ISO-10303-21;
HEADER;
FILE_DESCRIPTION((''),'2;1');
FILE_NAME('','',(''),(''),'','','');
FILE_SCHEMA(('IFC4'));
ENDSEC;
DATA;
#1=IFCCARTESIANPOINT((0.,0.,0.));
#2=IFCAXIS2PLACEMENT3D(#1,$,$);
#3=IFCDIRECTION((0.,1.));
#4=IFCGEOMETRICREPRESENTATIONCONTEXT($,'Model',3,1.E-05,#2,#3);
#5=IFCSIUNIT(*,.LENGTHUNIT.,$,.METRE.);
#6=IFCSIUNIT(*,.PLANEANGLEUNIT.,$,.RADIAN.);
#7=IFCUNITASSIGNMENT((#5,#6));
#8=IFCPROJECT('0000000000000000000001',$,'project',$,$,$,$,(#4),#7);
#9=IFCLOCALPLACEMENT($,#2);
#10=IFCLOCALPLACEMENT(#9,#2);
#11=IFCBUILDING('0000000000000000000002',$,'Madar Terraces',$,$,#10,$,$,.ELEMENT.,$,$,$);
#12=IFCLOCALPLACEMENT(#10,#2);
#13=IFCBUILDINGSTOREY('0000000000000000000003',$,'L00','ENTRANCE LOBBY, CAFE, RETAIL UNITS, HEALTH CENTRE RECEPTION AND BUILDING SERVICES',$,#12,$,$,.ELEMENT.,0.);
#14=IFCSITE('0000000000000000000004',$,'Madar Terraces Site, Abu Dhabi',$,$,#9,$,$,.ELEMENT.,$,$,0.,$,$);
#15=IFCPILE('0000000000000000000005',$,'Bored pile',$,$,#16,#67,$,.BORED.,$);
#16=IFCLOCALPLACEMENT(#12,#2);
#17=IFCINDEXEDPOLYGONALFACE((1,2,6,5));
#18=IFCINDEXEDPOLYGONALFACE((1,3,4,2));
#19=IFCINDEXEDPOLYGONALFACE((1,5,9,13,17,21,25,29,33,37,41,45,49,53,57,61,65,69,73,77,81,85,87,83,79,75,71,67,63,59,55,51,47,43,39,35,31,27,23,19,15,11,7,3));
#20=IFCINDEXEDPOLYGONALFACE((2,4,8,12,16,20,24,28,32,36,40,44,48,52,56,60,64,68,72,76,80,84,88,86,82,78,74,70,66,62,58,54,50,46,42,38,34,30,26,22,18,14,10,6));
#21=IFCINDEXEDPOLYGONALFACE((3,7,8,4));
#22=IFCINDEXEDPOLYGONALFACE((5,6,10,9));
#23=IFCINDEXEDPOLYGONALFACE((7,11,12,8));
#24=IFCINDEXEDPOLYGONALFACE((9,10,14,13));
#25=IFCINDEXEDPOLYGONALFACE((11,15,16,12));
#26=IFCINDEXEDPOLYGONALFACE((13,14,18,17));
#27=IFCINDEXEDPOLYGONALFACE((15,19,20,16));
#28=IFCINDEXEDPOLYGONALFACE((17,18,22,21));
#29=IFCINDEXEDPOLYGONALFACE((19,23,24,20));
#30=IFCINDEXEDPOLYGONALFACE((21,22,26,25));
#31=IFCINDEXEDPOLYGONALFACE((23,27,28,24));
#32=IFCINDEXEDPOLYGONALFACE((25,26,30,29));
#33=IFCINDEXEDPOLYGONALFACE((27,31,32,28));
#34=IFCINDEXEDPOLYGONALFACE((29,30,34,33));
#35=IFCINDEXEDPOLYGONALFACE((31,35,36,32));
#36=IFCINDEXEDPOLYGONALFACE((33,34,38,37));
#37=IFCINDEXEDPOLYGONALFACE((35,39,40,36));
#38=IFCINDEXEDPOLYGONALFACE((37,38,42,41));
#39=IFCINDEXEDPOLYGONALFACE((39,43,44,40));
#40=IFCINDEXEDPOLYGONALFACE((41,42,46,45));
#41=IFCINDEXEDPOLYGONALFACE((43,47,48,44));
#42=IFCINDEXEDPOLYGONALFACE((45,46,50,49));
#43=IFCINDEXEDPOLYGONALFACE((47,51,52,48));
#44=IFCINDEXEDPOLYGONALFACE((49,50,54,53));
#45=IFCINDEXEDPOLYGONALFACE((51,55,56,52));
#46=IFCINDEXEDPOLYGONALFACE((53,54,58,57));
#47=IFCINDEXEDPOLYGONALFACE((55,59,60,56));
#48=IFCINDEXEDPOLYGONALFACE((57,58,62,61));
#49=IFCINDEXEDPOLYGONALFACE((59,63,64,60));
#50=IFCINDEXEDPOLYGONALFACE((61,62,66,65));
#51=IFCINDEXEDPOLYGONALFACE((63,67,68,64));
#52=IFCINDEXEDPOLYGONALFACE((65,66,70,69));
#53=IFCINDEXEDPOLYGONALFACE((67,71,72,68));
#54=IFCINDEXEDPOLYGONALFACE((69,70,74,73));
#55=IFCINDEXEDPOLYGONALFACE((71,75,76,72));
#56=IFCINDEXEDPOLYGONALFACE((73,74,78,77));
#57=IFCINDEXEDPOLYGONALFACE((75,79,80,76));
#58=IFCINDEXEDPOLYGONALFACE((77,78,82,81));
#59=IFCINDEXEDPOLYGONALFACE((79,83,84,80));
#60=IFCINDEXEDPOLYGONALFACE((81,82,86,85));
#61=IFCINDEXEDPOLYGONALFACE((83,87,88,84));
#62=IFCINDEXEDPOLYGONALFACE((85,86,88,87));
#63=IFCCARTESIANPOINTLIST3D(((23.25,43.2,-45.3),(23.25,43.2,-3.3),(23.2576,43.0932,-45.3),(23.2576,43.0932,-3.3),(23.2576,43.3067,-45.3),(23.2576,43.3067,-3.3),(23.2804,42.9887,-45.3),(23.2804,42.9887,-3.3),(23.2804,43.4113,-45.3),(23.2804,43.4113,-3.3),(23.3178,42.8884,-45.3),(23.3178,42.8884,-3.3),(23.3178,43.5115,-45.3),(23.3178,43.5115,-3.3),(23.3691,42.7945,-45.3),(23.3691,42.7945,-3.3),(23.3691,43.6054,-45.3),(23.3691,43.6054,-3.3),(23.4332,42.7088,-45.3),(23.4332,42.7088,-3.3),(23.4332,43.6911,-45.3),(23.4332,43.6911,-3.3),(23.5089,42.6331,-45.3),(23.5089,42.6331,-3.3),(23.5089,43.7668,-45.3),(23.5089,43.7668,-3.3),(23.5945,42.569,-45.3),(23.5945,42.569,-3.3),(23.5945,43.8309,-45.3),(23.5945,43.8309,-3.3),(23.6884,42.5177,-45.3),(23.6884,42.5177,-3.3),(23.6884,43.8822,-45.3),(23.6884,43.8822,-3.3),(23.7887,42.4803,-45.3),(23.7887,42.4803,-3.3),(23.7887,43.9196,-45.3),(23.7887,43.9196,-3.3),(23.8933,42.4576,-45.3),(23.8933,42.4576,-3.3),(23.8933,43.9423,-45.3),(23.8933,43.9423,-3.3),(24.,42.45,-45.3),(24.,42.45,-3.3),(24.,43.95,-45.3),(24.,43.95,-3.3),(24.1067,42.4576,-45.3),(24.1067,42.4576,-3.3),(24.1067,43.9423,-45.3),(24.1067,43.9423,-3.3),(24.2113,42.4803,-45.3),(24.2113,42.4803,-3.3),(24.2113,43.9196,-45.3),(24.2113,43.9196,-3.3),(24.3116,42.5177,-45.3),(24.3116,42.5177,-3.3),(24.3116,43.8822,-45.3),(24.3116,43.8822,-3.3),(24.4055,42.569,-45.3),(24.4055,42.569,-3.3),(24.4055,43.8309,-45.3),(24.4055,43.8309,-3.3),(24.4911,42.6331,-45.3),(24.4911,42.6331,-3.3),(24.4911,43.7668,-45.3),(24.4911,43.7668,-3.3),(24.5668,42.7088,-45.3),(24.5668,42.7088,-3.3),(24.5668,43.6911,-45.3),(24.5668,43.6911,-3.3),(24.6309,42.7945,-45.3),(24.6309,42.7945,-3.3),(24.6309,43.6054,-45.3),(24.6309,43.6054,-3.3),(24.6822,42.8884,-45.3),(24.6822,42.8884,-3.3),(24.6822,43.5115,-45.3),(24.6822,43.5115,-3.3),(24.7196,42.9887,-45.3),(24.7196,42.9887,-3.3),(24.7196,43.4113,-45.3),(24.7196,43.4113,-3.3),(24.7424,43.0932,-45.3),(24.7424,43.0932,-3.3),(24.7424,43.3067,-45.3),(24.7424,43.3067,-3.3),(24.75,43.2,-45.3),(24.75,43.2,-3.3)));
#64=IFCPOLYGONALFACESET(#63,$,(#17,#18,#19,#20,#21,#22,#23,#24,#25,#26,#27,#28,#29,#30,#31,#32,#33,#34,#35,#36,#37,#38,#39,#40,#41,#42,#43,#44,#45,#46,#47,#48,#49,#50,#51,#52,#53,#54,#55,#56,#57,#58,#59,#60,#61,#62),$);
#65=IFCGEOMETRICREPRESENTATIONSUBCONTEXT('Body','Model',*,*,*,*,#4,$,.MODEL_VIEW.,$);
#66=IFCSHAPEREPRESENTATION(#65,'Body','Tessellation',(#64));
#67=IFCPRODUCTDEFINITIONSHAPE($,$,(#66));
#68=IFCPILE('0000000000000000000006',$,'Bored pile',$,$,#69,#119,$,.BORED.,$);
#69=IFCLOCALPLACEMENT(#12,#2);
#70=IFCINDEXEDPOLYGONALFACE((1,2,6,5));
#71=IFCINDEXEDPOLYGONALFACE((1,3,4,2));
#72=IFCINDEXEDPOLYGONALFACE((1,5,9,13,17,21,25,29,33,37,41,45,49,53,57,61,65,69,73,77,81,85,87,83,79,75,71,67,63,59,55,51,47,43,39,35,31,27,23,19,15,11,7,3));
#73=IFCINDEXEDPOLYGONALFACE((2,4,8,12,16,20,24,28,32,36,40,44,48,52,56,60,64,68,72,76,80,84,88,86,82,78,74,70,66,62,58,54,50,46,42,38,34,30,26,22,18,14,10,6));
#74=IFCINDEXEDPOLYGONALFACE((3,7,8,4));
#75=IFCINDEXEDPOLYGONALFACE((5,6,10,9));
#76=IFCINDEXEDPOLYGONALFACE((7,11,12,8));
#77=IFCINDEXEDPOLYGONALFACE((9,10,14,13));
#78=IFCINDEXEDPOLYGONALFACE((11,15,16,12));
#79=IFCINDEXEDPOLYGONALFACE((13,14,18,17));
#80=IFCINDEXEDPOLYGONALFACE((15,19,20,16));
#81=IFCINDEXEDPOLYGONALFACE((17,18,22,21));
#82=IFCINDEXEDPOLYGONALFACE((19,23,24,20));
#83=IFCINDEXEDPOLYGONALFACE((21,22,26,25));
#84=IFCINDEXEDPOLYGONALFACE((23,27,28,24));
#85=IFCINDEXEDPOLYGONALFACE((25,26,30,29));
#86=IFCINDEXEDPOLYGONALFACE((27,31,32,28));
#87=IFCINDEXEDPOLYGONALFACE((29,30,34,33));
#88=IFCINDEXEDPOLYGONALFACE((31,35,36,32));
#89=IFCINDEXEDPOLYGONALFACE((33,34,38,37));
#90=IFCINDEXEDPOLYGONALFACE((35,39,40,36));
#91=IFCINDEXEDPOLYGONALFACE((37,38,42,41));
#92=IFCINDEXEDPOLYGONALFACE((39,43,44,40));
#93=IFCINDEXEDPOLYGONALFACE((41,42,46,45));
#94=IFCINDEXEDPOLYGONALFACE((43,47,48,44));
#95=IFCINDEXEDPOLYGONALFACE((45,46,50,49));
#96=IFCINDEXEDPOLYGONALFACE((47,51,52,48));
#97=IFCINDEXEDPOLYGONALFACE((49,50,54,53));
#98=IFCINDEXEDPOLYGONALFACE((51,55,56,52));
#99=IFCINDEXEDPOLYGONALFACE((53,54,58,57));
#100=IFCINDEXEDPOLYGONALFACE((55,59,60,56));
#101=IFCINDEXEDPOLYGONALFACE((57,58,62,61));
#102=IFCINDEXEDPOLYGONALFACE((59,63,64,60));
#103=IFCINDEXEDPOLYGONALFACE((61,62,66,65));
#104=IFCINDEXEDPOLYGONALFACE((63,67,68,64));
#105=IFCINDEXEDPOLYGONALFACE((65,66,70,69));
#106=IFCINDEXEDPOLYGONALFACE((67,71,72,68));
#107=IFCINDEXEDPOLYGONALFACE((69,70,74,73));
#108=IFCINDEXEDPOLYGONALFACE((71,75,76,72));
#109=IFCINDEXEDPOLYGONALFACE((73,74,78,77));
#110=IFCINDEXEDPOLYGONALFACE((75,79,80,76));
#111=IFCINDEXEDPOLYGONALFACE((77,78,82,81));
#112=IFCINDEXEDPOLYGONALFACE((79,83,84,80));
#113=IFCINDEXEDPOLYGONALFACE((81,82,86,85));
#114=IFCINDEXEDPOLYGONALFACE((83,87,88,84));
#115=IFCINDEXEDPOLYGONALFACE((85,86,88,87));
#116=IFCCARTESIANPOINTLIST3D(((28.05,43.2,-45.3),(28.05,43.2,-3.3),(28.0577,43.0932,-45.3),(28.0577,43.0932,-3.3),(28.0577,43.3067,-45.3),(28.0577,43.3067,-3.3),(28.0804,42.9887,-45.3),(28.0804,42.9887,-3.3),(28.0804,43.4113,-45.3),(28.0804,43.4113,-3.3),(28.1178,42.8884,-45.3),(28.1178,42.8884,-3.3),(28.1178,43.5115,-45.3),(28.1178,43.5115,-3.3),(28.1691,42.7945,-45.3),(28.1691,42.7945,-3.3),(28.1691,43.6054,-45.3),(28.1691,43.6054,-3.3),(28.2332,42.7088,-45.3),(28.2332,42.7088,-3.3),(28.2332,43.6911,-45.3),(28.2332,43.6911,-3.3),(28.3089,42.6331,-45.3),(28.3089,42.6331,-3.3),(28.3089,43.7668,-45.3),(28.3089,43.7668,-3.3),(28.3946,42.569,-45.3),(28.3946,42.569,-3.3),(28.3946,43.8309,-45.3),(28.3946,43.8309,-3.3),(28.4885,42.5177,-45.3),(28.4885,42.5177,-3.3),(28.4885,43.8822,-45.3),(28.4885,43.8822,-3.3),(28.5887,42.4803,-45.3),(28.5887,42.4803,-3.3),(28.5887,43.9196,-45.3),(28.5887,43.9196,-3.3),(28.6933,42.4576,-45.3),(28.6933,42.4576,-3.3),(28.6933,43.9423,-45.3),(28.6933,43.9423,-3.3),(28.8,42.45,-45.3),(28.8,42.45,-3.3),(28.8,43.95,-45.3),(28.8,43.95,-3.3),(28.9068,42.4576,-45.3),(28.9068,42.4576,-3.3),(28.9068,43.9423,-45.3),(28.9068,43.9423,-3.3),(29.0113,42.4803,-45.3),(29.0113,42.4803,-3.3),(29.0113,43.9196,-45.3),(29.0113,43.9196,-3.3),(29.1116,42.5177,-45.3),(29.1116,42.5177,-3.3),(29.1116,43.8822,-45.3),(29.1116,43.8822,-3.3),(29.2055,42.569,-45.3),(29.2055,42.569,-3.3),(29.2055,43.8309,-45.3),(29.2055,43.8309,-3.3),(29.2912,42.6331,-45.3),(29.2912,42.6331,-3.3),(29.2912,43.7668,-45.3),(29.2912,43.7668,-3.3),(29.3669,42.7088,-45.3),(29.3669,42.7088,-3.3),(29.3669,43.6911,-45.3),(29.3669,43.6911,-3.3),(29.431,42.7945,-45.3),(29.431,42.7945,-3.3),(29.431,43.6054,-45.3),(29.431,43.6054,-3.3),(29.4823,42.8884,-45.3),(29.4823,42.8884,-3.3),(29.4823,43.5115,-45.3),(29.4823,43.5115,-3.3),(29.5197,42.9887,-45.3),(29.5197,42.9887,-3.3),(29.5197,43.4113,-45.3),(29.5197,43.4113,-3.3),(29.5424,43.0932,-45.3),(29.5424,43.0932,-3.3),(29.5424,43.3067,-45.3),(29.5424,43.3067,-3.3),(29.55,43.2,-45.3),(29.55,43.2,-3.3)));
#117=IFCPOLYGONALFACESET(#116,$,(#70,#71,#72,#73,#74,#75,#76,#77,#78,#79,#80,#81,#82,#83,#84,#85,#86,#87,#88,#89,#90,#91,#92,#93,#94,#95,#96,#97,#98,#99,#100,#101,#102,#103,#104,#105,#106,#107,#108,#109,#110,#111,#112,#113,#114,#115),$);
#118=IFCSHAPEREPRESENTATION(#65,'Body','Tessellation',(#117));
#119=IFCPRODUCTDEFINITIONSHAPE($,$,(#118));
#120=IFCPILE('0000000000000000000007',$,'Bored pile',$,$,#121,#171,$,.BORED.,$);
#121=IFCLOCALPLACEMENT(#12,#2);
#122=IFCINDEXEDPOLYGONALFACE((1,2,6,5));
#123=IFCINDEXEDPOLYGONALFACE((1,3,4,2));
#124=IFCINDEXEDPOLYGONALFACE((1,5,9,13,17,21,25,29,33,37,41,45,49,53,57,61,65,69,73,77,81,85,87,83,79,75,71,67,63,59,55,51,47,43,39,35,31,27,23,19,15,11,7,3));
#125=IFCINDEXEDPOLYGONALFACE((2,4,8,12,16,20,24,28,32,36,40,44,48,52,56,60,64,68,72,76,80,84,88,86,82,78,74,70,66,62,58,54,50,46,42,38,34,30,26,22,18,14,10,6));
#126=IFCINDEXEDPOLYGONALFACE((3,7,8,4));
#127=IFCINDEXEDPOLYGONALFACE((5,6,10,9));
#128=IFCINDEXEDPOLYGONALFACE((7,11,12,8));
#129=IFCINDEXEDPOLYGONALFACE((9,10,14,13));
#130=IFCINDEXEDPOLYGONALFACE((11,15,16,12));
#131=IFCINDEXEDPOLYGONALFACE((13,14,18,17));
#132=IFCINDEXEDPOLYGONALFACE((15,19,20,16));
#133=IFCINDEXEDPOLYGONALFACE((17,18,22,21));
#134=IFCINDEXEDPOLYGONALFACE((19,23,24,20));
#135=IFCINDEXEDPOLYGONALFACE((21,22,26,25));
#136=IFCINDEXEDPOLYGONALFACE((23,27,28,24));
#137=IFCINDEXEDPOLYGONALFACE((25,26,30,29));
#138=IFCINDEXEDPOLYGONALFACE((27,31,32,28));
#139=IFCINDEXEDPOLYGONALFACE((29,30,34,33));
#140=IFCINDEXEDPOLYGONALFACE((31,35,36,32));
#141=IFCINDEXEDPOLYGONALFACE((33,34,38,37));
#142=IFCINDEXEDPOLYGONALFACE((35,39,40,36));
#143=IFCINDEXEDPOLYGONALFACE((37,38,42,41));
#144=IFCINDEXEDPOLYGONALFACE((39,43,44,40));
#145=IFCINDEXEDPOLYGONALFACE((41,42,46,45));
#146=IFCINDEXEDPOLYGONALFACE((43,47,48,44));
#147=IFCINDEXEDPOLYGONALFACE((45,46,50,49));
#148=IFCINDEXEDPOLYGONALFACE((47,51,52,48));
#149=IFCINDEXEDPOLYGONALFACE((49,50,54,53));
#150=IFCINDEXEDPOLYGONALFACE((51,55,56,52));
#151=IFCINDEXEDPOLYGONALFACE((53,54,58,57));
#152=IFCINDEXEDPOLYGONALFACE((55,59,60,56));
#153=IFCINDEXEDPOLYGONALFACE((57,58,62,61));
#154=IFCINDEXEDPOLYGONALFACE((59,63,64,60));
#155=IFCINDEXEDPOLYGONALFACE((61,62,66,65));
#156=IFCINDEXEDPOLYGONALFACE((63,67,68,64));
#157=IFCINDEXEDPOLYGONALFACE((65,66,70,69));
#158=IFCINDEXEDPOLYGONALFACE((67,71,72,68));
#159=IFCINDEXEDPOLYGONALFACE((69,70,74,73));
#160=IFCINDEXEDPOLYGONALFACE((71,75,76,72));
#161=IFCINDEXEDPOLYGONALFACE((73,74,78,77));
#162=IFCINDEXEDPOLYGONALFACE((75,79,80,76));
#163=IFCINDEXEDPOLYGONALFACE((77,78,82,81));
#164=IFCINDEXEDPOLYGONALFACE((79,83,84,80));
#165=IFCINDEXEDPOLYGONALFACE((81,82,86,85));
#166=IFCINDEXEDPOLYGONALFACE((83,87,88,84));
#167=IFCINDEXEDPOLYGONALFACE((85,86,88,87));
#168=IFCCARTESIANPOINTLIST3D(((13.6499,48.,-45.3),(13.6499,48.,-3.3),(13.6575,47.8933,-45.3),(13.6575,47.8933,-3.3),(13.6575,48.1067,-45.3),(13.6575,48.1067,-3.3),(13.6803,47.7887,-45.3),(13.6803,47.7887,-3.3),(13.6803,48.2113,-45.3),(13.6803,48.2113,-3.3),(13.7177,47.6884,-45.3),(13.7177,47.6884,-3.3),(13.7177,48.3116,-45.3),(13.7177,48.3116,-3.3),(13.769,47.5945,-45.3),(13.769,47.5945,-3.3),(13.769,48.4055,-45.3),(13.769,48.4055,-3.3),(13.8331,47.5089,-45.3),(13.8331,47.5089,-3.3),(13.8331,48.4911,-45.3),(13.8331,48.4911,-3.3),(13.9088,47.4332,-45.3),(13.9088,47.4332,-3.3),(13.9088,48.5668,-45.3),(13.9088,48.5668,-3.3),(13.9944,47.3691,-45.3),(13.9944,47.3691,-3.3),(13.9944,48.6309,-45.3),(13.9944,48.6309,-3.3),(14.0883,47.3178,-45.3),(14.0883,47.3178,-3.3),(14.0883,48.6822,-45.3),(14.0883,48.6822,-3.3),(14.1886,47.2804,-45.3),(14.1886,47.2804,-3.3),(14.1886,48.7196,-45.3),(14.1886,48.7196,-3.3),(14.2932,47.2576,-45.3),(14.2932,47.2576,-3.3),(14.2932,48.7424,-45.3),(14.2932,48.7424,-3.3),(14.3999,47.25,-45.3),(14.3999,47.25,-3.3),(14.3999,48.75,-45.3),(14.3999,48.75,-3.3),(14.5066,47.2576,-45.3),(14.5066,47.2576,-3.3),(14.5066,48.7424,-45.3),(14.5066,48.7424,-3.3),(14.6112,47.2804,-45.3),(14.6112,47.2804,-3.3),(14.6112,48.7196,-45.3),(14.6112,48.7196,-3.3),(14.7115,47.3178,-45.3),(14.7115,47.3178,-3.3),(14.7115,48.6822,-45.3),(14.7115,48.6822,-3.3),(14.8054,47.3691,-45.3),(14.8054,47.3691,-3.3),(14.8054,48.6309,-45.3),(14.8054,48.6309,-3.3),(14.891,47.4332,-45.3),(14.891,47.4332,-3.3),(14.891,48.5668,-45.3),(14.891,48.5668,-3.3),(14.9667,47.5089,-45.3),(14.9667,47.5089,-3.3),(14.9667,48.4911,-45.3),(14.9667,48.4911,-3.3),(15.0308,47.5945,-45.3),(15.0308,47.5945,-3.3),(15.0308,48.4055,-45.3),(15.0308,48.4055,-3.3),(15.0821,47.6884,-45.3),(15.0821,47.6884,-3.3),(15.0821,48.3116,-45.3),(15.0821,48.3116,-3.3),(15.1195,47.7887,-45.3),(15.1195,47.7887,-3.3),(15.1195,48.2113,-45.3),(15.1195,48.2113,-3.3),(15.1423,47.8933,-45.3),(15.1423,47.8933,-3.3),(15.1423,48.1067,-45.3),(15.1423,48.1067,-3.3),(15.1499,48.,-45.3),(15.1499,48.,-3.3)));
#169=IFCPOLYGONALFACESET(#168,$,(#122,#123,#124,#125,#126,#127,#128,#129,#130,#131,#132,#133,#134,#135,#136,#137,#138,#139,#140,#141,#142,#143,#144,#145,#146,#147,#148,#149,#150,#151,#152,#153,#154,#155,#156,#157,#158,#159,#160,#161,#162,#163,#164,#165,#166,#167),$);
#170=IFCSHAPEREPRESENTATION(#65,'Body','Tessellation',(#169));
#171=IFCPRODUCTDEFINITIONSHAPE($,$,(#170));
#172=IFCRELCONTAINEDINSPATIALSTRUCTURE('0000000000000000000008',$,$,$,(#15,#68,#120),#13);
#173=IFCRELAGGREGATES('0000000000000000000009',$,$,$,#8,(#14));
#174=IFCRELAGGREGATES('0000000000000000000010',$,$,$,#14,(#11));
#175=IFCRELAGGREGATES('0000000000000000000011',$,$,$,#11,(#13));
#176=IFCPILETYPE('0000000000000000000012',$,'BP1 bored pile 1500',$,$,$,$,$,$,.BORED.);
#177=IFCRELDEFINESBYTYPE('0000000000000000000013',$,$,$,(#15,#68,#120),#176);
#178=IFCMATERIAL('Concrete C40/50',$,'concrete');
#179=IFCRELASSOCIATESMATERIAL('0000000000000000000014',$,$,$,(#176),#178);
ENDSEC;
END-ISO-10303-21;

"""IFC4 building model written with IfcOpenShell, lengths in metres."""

from ifc_helpers import new_model, si_unit, direction, frame, origin, origin_2d, place, context, subcontext, project, spatial, circle, extrude, material, material_profile, profile_set, type_object, element, save


model = new_model("IFC4")

# Units and contexts
model_context = context("Model", 3, precision=1e-05, world=origin(), true_north=direction((0.0, 1.0)))
body_context = subcontext(model_context, "Body", "Model", "MODEL_VIEW")
ifc_project = project(units=[si_unit("LENGTHUNIT", "METRE"), si_unit("PLANEANGLEUNIT", "RADIAN")], contexts=[model_context])

# Site, building, storey
site_placement = place(None, origin())
site = spatial("IfcSite", under=ifc_project, at=site_placement, Name="Madar Terraces Site, Abu Dhabi", CompositionType="ELEMENT", RefElevation=0.0)
building_placement = place(site_placement, origin())
building = spatial("IfcBuilding", under=site, at=building_placement, Name="Madar Terraces", CompositionType="ELEMENT")
storey_placement = place(building_placement, origin())
storey = spatial("IfcBuildingStorey", under=building, at=storey_placement, Name="L00", Description="ENTRANCE LOBBY, CAFE, RETAIL UNITS, HEALTH CENTRE RECEPTION AND BUILDING SERVICES", CompositionType="ELEMENT", Elevation=0.0)

# Piles
ifc_material_1 = material(Name="Concrete C40/50", Category="concrete")
ifc_material_profile_1 = material_profile(ifc_material_1, circle(Radius=0.75, at=origin_2d()), Name="BP1 bored pile 1500")
ifc_profile_set_1 = profile_set([ifc_material_profile_1], Name="Concrete C40/50")
pile_type = type_object("IfcPileType", Name="BP1 bored pile 1500", PredefinedType="BORED", material=ifc_profile_set_1)
for number, where, z_axis, x_axis, name in (
    (1, (24.0, 43.2, -3.3), (0.0, 0.0, -1.0), (1.0, 0.0, 0.0), "Bored pile"),
    (2, (28.8, 43.2, -3.3), (0.0, 0.0, -1.0), (1.0, 0.0, 0.0), "Bored pile"),
    (3, (14.3999, 48.0, -3.3), (0.0, 0.0, -1.0), (1.0, 0.0, 0.0), "Bored pile"),
):
    element("IfcPile", number, at=place(storey_placement, frame(where, z_axis=z_axis, x_axis=x_axis)), inside=storey, type_object=pile_type, Name=name, PredefinedType="BORED", context=body_context, shape_type="SweptSolid", body=[
        extrude(circle(Radius=0.75, at=origin_2d()), origin(), (0.0, 0.0, 1.0), 42.0),
    ])

save(model, "model.ifc")
